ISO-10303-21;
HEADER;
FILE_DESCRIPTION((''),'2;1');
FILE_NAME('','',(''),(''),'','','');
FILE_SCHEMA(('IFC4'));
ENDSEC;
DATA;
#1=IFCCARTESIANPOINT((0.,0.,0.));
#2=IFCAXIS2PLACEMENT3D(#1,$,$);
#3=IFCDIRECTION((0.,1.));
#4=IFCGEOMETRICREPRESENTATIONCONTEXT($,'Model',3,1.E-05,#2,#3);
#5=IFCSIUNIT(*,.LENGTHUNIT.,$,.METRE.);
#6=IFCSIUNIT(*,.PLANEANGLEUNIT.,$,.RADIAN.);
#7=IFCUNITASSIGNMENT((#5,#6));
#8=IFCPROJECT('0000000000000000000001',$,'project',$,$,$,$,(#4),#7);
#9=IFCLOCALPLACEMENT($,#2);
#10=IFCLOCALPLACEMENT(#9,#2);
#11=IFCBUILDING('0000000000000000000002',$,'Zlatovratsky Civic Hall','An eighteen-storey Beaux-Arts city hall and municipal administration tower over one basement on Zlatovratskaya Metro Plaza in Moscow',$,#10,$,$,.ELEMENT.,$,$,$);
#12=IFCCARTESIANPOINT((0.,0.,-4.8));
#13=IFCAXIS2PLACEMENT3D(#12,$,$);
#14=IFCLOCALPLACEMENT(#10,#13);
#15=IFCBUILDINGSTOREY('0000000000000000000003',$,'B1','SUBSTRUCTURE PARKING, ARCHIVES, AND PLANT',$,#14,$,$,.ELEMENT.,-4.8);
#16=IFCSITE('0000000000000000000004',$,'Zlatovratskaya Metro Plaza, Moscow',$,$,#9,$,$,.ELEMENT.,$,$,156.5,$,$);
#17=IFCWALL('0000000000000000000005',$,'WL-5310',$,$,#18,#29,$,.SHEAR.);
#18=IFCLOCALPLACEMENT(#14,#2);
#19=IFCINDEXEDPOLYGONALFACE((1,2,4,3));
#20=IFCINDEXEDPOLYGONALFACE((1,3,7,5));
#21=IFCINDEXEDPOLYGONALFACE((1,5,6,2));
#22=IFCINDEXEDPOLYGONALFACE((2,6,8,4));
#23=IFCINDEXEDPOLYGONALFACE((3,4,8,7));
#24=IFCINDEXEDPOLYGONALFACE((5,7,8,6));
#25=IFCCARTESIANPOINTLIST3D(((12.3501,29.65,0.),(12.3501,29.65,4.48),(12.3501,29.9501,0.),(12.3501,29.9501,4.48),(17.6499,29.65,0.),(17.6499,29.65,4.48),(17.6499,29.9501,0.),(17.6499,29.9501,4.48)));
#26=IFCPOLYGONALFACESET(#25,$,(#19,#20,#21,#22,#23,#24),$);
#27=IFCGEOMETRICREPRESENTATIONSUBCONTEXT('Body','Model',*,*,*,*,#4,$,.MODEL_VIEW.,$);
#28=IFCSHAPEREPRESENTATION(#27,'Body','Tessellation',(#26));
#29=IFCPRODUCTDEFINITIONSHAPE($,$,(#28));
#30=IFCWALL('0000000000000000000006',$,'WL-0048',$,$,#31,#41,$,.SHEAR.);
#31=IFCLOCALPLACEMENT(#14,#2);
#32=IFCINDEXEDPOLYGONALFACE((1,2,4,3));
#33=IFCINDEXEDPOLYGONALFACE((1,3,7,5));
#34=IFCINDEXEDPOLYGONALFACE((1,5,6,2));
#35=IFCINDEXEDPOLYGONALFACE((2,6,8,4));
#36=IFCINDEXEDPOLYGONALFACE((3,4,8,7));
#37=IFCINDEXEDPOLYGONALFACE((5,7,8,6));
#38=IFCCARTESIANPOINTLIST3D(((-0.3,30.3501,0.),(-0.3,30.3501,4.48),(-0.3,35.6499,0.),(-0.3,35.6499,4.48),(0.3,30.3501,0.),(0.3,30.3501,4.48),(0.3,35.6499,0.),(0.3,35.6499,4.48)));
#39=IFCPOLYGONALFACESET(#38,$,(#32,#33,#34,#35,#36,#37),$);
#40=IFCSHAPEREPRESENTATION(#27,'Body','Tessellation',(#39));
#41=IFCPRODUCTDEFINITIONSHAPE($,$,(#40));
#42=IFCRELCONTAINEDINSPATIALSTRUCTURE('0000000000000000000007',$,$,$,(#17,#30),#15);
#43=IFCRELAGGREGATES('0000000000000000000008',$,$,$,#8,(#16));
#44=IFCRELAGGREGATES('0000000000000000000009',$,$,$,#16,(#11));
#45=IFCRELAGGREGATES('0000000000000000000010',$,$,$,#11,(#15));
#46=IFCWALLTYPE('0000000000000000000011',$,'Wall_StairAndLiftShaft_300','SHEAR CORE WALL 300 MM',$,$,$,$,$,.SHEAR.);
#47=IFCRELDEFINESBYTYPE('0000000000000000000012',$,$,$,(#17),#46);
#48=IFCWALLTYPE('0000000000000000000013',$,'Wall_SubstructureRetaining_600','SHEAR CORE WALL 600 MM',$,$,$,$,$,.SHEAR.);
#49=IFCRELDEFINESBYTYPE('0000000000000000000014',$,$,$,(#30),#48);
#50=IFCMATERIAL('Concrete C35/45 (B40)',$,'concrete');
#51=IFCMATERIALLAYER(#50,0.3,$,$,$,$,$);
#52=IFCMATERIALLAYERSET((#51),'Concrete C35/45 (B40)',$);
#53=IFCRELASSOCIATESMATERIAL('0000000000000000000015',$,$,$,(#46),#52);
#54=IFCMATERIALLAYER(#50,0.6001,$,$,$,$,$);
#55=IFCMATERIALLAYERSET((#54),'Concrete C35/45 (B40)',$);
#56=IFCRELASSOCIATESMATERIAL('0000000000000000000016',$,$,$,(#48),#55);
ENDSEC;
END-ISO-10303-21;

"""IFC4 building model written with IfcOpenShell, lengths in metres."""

from ifc_helpers import new_model, si_unit, direction, frame, frame_2d, origin, place, context, subcontext, project, spatial, rectangle, extrude, material, layer, layer_set, type_object, element, save


model = new_model("IFC4")

# Units and contexts
model_context = context("Model", 3, precision=1e-05, world=origin(), true_north=direction((0.0, 1.0)))
body_context = subcontext(model_context, "Body", "Model", "MODEL_VIEW")
ifc_project = project(units=[si_unit("LENGTHUNIT", "METRE"), si_unit("PLANEANGLEUNIT", "RADIAN")], contexts=[model_context])

# Site, building, storey
site_placement = place(None, origin())
site = spatial("IfcSite", under=ifc_project, at=site_placement, Name="Zlatovratskaya Metro Plaza, Moscow", CompositionType="ELEMENT", RefElevation=156.5)
building_placement = place(site_placement, origin())
building = spatial("IfcBuilding", under=site, at=building_placement, Name="Zlatovratsky Civic Hall", Description="An eighteen-storey Beaux-Arts city hall and municipal administration tower over one basement on Zlatovratskaya Metro Plaza in Moscow", CompositionType="ELEMENT")
storey_placement = place(building_placement, frame((0.0, 0.0, -4.8)))
storey = spatial("IfcBuildingStorey", under=building, at=storey_placement, Name="B1", Description="SUBSTRUCTURE PARKING, ARCHIVES, AND PLANT", CompositionType="ELEMENT", Elevation=-4.8)

# Shared definitions
ifc_material_1 = material(Name="Concrete C35/45 (B40)", Category="concrete")

# Walls
ifc_layer_1 = layer(ifc_material_1, 0.3)
ifc_layer_set_1 = layer_set([ifc_layer_1], Name="Concrete C35/45 (B40)")
wall_type_1 = type_object("IfcWallType", Name="Wall_StairAndLiftShaft_300", Description="SHEAR CORE WALL 300 MM", PredefinedType="SHEAR", material=ifc_layer_set_1)
wall_1_placement = place(storey_placement, frame((12.3501, 29.8, 0.0), z_axis=(0.0, 0.0, 1.0), x_axis=(1.0, 0.0, 0.0)))
element("IfcWall", 1, at=wall_1_placement, inside=storey, type_object=wall_type_1, Name="WL-5310", PredefinedType="SHEAR", context=body_context, shape_type="SweptSolid", body=[
    extrude(rectangle(XDim=5.2998, YDim=0.3, at=frame_2d((2.6499, 0.0))), origin(), (0.0, 0.0, 1.0), 4.48),
])
ifc_layer_2 = layer(ifc_material_1, 0.6001)
ifc_layer_set_2 = layer_set([ifc_layer_2], Name="Concrete C35/45 (B40)")
wall_type_2 = type_object("IfcWallType", Name="Wall_SubstructureRetaining_600", Description="SHEAR CORE WALL 600 MM", PredefinedType="SHEAR", material=ifc_layer_set_2)
wall_2_placement = place(storey_placement, frame((0.0, 30.3501, 0.0), z_axis=(0.0, 0.0, 1.0), x_axis=(0.0, 1.0, 0.0)))
element("IfcWall", 2, at=wall_2_placement, inside=storey, type_object=wall_type_2, Name="WL-0048", PredefinedType="SHEAR", context=body_context, shape_type="SweptSolid", body=[
    extrude(rectangle(XDim=5.2998, YDim=0.6001, at=frame_2d((2.6499, 0.0))), origin(), (0.0, 0.0, 1.0), 4.48),
])

save(model, "model.ifc")
